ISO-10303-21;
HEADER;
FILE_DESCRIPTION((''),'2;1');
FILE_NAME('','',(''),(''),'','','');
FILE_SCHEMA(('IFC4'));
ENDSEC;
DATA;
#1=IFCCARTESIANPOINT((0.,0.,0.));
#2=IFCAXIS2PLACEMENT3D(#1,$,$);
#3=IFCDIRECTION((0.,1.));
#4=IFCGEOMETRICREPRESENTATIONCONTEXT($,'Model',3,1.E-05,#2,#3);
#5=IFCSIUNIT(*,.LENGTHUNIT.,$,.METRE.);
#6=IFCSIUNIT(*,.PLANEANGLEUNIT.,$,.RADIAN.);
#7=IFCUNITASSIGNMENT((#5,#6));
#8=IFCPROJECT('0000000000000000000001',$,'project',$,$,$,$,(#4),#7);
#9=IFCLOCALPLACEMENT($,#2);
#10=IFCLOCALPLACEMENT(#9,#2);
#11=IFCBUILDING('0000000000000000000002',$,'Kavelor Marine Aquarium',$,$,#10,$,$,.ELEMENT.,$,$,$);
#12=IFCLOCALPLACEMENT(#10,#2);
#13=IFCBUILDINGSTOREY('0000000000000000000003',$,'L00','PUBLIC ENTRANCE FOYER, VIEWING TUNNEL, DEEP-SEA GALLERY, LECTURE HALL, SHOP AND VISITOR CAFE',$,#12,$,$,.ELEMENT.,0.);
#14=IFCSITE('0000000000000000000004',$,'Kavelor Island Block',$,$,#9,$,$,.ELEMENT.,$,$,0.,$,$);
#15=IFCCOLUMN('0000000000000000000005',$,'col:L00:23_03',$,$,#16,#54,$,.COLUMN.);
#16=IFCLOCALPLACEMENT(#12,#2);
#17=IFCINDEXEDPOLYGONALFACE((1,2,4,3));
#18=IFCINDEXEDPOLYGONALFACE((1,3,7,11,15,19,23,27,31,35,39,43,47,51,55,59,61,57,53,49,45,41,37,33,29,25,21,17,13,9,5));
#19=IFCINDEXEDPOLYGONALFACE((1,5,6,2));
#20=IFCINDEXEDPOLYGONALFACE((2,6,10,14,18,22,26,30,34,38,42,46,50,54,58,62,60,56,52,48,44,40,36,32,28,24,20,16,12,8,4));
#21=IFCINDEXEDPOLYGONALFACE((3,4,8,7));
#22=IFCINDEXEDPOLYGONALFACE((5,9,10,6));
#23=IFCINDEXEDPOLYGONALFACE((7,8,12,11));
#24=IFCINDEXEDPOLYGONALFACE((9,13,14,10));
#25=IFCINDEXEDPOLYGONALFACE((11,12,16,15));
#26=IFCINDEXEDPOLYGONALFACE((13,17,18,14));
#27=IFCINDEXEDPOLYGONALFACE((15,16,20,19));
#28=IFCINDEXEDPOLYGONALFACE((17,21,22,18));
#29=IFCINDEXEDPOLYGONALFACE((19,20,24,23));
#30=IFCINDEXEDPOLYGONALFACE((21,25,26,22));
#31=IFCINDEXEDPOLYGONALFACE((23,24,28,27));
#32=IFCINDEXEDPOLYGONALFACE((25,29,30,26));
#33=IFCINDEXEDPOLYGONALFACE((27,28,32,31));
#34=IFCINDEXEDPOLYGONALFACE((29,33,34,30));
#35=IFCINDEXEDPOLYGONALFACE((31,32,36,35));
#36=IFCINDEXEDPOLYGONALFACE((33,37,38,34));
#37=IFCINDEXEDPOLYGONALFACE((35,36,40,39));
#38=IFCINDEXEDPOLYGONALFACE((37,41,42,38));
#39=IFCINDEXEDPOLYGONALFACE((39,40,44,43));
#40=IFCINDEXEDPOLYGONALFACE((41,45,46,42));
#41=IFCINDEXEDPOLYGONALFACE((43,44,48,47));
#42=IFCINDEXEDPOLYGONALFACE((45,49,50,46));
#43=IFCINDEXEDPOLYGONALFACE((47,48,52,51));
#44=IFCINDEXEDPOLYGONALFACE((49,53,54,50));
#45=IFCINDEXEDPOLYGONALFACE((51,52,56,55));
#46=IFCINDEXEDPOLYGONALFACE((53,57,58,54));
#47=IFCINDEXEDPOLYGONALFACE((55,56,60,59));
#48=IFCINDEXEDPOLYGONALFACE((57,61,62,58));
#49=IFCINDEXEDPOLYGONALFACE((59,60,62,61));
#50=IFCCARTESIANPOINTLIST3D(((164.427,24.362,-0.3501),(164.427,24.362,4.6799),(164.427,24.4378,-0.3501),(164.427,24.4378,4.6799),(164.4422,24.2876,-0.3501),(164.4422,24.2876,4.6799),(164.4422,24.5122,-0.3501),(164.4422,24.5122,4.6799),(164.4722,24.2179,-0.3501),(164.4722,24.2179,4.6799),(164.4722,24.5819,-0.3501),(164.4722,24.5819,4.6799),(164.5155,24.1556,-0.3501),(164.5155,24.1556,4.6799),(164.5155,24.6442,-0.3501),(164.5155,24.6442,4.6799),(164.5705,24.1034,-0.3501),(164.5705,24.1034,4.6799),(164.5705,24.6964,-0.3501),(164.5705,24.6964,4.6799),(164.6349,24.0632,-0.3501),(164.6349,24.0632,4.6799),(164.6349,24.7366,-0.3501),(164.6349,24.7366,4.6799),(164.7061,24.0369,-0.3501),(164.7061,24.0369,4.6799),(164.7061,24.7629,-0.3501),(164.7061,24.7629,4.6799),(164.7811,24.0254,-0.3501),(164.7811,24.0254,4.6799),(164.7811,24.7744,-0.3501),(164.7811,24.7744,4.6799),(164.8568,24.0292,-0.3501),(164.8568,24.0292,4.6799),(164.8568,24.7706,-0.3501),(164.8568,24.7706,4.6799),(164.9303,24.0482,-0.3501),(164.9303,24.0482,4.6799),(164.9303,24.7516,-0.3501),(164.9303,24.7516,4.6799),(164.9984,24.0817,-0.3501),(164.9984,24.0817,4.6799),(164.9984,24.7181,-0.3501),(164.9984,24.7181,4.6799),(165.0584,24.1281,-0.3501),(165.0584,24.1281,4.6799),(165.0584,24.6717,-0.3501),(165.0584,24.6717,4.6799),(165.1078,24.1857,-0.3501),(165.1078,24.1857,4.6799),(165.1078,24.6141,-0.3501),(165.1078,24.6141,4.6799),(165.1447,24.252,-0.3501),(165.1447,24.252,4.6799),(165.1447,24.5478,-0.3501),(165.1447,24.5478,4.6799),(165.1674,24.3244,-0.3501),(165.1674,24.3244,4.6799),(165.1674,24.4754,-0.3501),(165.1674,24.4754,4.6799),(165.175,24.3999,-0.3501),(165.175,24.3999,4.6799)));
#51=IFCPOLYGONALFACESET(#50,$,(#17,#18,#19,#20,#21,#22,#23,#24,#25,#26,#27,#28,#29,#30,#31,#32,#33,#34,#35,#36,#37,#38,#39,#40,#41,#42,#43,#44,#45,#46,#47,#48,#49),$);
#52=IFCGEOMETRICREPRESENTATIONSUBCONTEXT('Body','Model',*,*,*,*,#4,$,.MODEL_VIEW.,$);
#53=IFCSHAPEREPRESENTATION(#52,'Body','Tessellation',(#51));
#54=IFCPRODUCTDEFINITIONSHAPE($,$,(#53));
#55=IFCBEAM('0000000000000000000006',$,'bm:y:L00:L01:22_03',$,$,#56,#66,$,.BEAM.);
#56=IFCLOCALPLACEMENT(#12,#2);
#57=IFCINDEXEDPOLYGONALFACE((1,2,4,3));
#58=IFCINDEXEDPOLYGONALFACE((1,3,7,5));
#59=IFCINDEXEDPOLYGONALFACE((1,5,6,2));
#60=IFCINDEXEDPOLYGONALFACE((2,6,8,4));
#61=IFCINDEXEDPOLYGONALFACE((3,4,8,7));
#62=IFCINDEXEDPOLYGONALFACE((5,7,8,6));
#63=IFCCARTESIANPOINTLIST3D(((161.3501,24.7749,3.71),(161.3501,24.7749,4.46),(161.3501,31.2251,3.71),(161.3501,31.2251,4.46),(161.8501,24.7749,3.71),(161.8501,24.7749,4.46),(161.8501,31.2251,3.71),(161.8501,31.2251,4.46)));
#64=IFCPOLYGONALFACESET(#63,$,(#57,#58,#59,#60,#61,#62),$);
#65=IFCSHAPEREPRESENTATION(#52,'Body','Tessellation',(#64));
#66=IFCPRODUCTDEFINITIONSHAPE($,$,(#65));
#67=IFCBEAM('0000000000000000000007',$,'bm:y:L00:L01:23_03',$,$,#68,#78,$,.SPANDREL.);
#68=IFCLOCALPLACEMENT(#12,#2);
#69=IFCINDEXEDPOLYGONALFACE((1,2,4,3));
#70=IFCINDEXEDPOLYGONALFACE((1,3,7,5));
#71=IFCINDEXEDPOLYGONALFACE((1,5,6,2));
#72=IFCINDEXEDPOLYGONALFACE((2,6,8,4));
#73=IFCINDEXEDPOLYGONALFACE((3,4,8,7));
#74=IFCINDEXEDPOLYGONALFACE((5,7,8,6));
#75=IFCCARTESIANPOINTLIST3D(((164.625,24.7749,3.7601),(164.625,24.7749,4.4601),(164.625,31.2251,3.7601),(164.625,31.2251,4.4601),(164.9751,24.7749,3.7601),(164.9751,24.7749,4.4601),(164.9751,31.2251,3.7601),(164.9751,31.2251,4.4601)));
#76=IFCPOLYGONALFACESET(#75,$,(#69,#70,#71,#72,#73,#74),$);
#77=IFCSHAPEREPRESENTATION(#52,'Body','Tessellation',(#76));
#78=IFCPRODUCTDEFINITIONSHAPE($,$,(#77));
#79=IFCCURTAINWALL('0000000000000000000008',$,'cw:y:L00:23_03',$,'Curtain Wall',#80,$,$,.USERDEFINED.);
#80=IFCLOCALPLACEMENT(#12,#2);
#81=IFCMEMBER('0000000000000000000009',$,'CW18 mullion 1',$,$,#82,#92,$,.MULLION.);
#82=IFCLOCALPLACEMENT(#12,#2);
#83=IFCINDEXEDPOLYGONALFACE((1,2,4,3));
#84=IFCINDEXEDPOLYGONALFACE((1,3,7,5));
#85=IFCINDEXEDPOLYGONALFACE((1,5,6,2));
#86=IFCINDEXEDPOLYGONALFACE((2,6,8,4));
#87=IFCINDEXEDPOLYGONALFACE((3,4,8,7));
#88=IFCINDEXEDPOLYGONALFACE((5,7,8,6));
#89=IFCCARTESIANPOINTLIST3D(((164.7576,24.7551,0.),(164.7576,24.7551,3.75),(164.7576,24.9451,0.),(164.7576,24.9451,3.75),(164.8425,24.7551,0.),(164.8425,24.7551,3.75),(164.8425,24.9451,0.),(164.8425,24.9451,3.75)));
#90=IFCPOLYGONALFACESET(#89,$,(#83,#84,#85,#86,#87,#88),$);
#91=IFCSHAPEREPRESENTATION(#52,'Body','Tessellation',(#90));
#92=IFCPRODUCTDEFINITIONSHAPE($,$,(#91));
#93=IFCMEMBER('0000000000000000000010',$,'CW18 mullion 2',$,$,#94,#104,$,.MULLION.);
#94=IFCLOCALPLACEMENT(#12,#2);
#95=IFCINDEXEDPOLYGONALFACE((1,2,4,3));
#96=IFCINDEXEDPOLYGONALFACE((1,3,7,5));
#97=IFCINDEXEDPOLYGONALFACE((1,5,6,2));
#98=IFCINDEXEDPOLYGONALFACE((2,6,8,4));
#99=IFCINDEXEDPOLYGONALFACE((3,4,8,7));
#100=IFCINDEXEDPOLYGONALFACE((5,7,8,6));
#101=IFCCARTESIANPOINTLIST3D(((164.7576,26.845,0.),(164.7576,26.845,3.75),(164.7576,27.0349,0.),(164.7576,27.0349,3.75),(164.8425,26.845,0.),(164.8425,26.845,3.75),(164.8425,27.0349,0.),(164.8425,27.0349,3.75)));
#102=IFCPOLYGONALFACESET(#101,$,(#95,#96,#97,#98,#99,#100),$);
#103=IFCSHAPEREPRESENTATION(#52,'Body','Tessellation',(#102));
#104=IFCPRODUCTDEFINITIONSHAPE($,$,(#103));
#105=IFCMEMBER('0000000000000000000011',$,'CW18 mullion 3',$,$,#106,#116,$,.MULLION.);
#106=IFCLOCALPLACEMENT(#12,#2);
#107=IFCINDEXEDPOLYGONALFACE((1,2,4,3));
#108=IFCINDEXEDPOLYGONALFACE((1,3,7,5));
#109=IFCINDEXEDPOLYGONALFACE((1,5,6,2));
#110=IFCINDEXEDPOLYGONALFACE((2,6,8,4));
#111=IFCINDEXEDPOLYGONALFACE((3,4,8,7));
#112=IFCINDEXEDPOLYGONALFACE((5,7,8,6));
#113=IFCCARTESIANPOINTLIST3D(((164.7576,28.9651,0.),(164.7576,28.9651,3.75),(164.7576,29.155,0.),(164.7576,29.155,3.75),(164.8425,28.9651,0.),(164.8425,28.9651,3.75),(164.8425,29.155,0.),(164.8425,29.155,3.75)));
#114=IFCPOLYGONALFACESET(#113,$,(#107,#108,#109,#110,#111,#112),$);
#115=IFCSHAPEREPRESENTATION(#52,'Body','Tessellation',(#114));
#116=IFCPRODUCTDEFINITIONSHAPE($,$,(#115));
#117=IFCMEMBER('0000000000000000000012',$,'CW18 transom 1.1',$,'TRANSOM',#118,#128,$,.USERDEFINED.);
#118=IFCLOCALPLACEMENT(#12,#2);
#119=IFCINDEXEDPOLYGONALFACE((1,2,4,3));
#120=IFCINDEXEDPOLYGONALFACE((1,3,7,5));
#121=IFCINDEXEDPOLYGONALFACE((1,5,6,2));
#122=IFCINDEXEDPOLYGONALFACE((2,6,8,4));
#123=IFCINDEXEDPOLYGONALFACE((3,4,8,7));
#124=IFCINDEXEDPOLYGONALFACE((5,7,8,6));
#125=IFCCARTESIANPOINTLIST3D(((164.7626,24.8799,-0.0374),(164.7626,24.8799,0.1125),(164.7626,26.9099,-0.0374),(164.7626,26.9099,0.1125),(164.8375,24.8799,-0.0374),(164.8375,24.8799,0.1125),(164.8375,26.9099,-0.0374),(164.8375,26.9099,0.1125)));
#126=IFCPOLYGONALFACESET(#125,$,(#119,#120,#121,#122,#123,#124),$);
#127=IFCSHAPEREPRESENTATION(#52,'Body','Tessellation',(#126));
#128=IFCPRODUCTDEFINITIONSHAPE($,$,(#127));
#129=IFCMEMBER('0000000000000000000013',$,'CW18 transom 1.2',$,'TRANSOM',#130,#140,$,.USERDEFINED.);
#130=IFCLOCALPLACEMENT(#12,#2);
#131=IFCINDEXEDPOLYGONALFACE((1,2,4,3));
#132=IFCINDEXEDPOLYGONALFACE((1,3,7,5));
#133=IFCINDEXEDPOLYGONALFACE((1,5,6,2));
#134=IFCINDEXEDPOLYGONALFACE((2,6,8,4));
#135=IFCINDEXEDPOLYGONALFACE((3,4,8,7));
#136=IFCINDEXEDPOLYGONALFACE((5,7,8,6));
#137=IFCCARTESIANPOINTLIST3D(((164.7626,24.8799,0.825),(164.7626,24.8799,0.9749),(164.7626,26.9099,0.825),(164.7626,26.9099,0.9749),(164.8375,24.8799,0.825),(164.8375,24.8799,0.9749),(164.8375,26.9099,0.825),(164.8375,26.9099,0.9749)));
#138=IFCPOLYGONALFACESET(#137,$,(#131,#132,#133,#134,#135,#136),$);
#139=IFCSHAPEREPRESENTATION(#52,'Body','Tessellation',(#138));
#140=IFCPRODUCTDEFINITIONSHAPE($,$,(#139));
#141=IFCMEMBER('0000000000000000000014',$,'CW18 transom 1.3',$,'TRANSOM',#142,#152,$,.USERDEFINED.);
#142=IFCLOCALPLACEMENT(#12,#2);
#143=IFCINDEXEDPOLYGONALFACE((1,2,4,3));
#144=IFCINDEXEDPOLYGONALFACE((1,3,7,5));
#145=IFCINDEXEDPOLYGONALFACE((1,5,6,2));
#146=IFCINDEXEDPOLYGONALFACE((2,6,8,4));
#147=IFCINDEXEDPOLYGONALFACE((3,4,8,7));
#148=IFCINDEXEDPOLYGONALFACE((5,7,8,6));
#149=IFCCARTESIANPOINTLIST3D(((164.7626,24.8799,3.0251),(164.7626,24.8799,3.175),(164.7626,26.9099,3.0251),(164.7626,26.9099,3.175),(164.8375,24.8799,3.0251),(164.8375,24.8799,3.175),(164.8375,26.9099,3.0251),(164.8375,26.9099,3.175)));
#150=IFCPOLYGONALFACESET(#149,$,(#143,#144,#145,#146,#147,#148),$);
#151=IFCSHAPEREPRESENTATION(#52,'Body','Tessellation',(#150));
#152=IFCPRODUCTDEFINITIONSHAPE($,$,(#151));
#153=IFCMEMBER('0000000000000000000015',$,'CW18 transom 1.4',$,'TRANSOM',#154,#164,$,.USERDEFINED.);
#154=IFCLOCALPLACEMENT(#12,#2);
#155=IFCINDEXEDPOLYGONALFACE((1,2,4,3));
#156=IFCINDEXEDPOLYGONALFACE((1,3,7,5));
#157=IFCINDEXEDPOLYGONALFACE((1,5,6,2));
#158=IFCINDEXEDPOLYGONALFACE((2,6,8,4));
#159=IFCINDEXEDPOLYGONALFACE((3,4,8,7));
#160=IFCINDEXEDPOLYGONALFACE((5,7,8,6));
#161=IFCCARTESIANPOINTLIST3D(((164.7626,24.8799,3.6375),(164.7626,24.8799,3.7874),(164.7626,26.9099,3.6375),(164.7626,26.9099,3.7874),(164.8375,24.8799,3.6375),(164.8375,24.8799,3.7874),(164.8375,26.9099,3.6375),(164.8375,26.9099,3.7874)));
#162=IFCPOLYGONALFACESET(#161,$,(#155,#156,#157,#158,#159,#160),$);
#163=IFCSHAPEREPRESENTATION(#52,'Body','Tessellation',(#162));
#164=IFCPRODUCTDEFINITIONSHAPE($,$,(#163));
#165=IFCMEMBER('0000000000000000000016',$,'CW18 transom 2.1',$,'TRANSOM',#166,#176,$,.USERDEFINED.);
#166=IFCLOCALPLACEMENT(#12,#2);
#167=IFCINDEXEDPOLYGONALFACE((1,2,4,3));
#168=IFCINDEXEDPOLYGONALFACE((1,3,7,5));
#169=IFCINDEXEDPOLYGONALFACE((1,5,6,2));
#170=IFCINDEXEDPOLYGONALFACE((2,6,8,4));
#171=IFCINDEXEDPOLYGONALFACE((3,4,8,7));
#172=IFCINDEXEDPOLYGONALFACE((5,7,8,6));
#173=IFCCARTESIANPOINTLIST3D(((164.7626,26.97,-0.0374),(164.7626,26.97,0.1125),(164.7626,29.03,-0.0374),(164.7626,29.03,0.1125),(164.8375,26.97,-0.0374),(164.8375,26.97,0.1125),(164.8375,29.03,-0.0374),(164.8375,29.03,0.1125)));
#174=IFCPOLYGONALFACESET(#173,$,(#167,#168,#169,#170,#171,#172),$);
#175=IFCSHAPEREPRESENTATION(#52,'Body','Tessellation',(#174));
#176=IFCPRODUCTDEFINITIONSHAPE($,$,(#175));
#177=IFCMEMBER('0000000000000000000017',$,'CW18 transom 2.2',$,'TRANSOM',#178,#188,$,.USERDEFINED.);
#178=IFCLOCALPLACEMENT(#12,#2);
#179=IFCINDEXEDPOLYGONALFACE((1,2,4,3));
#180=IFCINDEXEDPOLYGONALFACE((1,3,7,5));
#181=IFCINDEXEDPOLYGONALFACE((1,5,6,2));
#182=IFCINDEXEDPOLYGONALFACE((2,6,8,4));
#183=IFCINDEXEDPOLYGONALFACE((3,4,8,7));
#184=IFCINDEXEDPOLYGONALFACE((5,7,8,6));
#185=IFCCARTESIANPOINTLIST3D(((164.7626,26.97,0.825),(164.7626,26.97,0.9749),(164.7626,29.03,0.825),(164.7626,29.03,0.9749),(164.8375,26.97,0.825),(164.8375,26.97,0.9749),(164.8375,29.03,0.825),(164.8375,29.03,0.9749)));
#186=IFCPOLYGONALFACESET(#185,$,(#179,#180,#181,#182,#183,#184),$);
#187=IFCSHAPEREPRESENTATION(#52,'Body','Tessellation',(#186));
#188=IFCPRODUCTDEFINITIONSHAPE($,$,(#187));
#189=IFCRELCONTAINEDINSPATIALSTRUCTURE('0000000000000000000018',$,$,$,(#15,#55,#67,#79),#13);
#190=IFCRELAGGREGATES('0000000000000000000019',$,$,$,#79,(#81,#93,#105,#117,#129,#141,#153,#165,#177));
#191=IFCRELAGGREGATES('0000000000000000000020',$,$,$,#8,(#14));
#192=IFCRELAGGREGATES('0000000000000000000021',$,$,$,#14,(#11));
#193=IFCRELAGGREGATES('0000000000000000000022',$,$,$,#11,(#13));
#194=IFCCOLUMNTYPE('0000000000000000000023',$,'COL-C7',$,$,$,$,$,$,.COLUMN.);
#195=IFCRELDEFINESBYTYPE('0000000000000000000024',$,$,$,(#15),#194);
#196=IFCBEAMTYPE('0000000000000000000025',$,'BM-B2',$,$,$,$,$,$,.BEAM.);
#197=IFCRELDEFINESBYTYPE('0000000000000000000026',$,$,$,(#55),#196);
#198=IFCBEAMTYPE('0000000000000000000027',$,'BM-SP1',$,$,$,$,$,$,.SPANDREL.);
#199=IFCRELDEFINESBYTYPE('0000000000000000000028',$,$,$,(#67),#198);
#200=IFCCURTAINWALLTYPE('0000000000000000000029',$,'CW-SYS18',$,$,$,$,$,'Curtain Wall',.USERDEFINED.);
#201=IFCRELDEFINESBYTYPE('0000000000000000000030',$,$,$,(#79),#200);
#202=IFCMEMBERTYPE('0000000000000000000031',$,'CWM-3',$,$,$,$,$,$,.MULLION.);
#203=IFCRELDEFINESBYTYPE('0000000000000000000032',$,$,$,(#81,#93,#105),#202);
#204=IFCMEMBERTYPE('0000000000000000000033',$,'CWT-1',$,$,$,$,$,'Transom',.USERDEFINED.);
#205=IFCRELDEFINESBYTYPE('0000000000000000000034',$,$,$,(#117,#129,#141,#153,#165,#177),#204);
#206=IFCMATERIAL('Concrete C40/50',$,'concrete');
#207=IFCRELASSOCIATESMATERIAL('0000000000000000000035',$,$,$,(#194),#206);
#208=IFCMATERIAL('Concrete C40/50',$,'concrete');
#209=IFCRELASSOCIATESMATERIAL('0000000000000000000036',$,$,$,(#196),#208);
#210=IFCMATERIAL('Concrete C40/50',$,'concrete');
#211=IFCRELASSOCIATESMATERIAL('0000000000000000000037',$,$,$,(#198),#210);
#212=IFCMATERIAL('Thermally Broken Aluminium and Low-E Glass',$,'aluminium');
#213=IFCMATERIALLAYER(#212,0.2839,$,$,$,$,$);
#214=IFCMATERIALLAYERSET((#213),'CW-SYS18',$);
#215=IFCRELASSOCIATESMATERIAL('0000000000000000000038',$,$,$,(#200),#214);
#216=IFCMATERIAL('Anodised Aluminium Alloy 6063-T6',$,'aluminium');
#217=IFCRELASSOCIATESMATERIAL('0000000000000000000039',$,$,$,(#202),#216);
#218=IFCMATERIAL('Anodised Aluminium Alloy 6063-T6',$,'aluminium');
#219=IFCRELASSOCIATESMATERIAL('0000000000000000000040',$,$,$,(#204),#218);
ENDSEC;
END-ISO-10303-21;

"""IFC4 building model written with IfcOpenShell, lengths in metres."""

from ifc_helpers import new_model, si_unit, direction, frame, origin, origin_2d, place, context, subcontext, project, spatial, rectangle, circle, extrude, material, layer, layer_set, material_profile, profile_set, type_object, element, aggregate, save


model = new_model("IFC4")

# Units and contexts
model_context = context("Model", 3, precision=1e-05, world=origin(), true_north=direction((0.0, 1.0)))
body_context = subcontext(model_context, "Body", "Model", "MODEL_VIEW")
ifc_project = project(units=[si_unit("LENGTHUNIT", "METRE"), si_unit("PLANEANGLEUNIT", "RADIAN")], contexts=[model_context])

# Site, building, storey
site_placement = place(None, origin())
site = spatial("IfcSite", under=ifc_project, at=site_placement, Name="Kavelor Island Block", CompositionType="ELEMENT", RefElevation=0.0)
building_placement = place(site_placement, origin())
building = spatial("IfcBuilding", under=site, at=building_placement, Name="Kavelor Marine Aquarium", CompositionType="ELEMENT")
storey_placement = place(building_placement, origin())
storey = spatial("IfcBuildingStorey", under=building, at=storey_placement, Name="L00", Description="PUBLIC ENTRANCE FOYER, VIEWING TUNNEL, DEEP-SEA GALLERY, LECTURE HALL, SHOP AND VISITOR CAFE", CompositionType="ELEMENT", Elevation=0.0)

# Column
ifc_material_1 = material(Name="Concrete C40/50", Category="concrete")
ifc_material_profile_1 = material_profile(ifc_material_1, circle(Radius=0.375, at=origin_2d()), Name="RC-COL D750")
ifc_profile_set_1 = profile_set([ifc_material_profile_1], Name="Concrete C40/50")
column_type = type_object("IfcColumnType", Name="COL-C7", PredefinedType="COLUMN", material=ifc_profile_set_1)
column_placement = place(storey_placement, frame((164.8, 24.3999, -0.3501), z_axis=(0.0, 0.0, 1.0), x_axis=(1.0, 0.0, 0.0)))
element("IfcColumn", 1, at=column_placement, inside=storey, type_object=column_type, Name="col:L00:23_03", PredefinedType="COLUMN", context=body_context, shape_type="SweptSolid", body=[
    extrude(circle(Radius=0.375, at=origin_2d()), origin(), (0.0, 0.0, 1.0), 5.03),
])

# Beams
ifc_material_2 = material(Name="Concrete C40/50", Category="concrete")
ifc_material_profile_2 = material_profile(ifc_material_2, rectangle(XDim=0.5, YDim=0.75, at=origin_2d()), Name="RC-BM 500x750")
ifc_profile_set_2 = profile_set([ifc_material_profile_2], Name="Concrete C40/50")
beam_type_1 = type_object("IfcBeamType", Name="BM-B2", PredefinedType="BEAM", material=ifc_profile_set_2)
beam_1_placement = place(storey_placement, frame((161.6001, 24.7749, 4.085), z_axis=(0.0, 1.0, 0.0), x_axis=(-1.0, 0.0, 0.0)))
element("IfcBeam", 2, at=beam_1_placement, inside=storey, type_object=beam_type_1, Name="bm:y:L00:L01:22_03", PredefinedType="BEAM", context=body_context, shape_type="SweptSolid", body=[
    extrude(rectangle(XDim=0.5, YDim=0.75, at=origin_2d()), origin(), (0.0, 0.0, 1.0), 6.4502),
])
ifc_material_3 = material(Name="Concrete C40/50", Category="concrete")
ifc_material_profile_3 = material_profile(ifc_material_3, rectangle(XDim=0.3501, YDim=0.7, at=origin_2d()), Name="RC-SP 350x700")
ifc_profile_set_3 = profile_set([ifc_material_profile_3], Name="Concrete C40/50")
beam_type_2 = type_object("IfcBeamType", Name="BM-SP1", PredefinedType="SPANDREL", material=ifc_profile_set_3)
beam_2_placement = place(storey_placement, frame((164.8, 24.7749, 4.1101), z_axis=(0.0, 1.0, 0.0), x_axis=(-1.0, 0.0, 0.0)))
element("IfcBeam", 3, at=beam_2_placement, inside=storey, type_object=beam_type_2, Name="bm:y:L00:L01:23_03", PredefinedType="SPANDREL", context=body_context, shape_type="SweptSolid", body=[
    extrude(rectangle(XDim=0.3501, YDim=0.7, at=origin_2d()), origin(), (0.0, 0.0, 1.0), 6.4502),
])

# Curtain wall, members
ifc_material_4 = material(Name="Thermally Broken Aluminium and Low-E Glass", Category="aluminium")
ifc_layer_1 = layer(ifc_material_4, 0.2839)
ifc_layer_set_1 = layer_set([ifc_layer_1], Name="CW-SYS18")
curtain_wall_type = type_object("IfcCurtainWallType", Name="CW-SYS18", ElementType="Curtain Wall", PredefinedType="USERDEFINED", material=ifc_layer_set_1)
curtain_wall_placement = place(storey_placement, origin())
curtain_wall = element("IfcCurtainWall", 4, at=curtain_wall_placement, inside=storey, type_object=curtain_wall_type, Name="cw:y:L00:23_03", ObjectType="Curtain Wall", PredefinedType="USERDEFINED")
ifc_material_5 = material(Name="Anodised Aluminium Alloy 6063-T6", Category="aluminium")
ifc_material_profile_4 = material_profile(ifc_material_5, rectangle(XDim=0.085, YDim=0.1899, at=origin_2d()), Name="CW-MUL 85x190")
ifc_profile_set_4 = profile_set([ifc_material_profile_4], Name="Anodised Aluminium Alloy 6063-T6")
member_type_1 = type_object("IfcMemberType", Name="CWM-3", PredefinedType="MULLION", material=ifc_profile_set_4)
member_1_placement = place(storey_placement, frame((164.8, 24.8501, 0.0), z_axis=(0.0, 0.0, 1.0), x_axis=(-1.0, 0.0, 0.0)))
member_1 = element("IfcMember", 5, at=member_1_placement, type_object=member_type_1, Name="CW18 mullion 1", PredefinedType="MULLION", context=body_context, shape_type="SweptSolid", body=[
    extrude(rectangle(XDim=0.085, YDim=0.1899, at=origin_2d()), origin(), (0.0, 0.0, 1.0), 3.75),
])
member_2_placement = place(storey_placement, frame((164.8, 26.9399, 0.0), z_axis=(0.0, 0.0, 1.0), x_axis=(-1.0, 0.0, 0.0)))
member_2 = element("IfcMember", 6, at=member_2_placement, type_object=member_type_1, Name="CW18 mullion 2", PredefinedType="MULLION", context=body_context, shape_type="SweptSolid", body=[
    extrude(rectangle(XDim=0.085, YDim=0.1899, at=origin_2d()), origin(), (0.0, 0.0, 1.0), 3.75),
])
member_3_placement = place(storey_placement, frame((164.8, 29.0601, 0.0), z_axis=(0.0, 0.0, 1.0), x_axis=(-1.0, 0.0, 0.0)))
member_3 = element("IfcMember", 7, at=member_3_placement, type_object=member_type_1, Name="CW18 mullion 3", PredefinedType="MULLION", context=body_context, shape_type="SweptSolid", body=[
    extrude(rectangle(XDim=0.085, YDim=0.1899, at=origin_2d()), origin(), (0.0, 0.0, 1.0), 3.75),
])
ifc_material_6 = material(Name="Anodised Aluminium Alloy 6063-T6", Category="aluminium")
ifc_material_profile_5 = material_profile(ifc_material_6, rectangle(XDim=0.075, YDim=0.1499, at=origin_2d()), Name="CW-TRN 75x150")
ifc_profile_set_5 = profile_set([ifc_material_profile_5], Name="Anodised Aluminium Alloy 6063-T6")
member_type_2 = type_object("IfcMemberType", Name="CWT-1", ElementType="Transom", PredefinedType="USERDEFINED", material=ifc_profile_set_5)
member_4_placement = place(storey_placement, frame((164.8, 24.8799, 0.0376), z_axis=(0.0, 1.0, 0.0), x_axis=(-1.0, 0.0, 0.0)))
member_4 = element("IfcMember", 8, at=member_4_placement, type_object=member_type_2, Name="CW18 transom 1.1", ObjectType="TRANSOM", PredefinedType="USERDEFINED", context=body_context, shape_type="SweptSolid", body=[
    extrude(rectangle(XDim=0.075, YDim=0.1499, at=origin_2d()), origin(), (0.0, 0.0, 1.0), 2.03),
])
member_5_placement = place(storey_placement, frame((164.8, 24.8799, 0.8999), z_axis=(0.0, 1.0, 0.0), x_axis=(-1.0, 0.0, 0.0)))
member_5 = element("IfcMember", 9, at=member_5_placement, type_object=member_type_2, Name="CW18 transom 1.2", ObjectType="TRANSOM", PredefinedType="USERDEFINED", context=body_context, shape_type="SweptSolid", body=[
    extrude(rectangle(XDim=0.075, YDim=0.1499, at=origin_2d()), origin(), (0.0, 0.0, 1.0), 2.03),
])
member_6_placement = place(storey_placement, frame((164.8, 24.8799, 3.1001), z_axis=(0.0, 1.0, 0.0), x_axis=(-1.0, 0.0, 0.0)))
member_6 = element("IfcMember", 10, at=member_6_placement, type_object=member_type_2, Name="CW18 transom 1.3", ObjectType="TRANSOM", PredefinedType="USERDEFINED", context=body_context, shape_type="SweptSolid", body=[
    extrude(rectangle(XDim=0.075, YDim=0.1499, at=origin_2d()), origin(), (0.0, 0.0, 1.0), 2.03),
])
member_7_placement = place(storey_placement, frame((164.8, 24.8799, 3.7124), z_axis=(0.0, 1.0, 0.0), x_axis=(-1.0, 0.0, 0.0)))
member_7 = element("IfcMember", 11, at=member_7_placement, type_object=member_type_2, Name="CW18 transom 1.4", ObjectType="TRANSOM", PredefinedType="USERDEFINED", context=body_context, shape_type="SweptSolid", body=[
    extrude(rectangle(XDim=0.075, YDim=0.1499, at=origin_2d()), origin(), (0.0, 0.0, 1.0), 2.03),
])
member_8_placement = place(storey_placement, frame((164.8, 26.97, 0.0376), z_axis=(0.0, 1.0, 0.0), x_axis=(-1.0, 0.0, 0.0)))
member_8 = element("IfcMember", 12, at=member_8_placement, type_object=member_type_2, Name="CW18 transom 2.1", ObjectType="TRANSOM", PredefinedType="USERDEFINED", context=body_context, shape_type="SweptSolid", body=[
    extrude(rectangle(XDim=0.075, YDim=0.1499, at=origin_2d()), origin(), (0.0, 0.0, 1.0), 2.0601),
])
member_9_placement = place(storey_placement, frame((164.8, 26.97, 0.8999), z_axis=(0.0, 1.0, 0.0), x_axis=(-1.0, 0.0, 0.0)))
member_9 = element("IfcMember", 13, at=member_9_placement, type_object=member_type_2, Name="CW18 transom 2.2", ObjectType="TRANSOM", PredefinedType="USERDEFINED", context=body_context, shape_type="SweptSolid", body=[
    extrude(rectangle(XDim=0.075, YDim=0.1499, at=origin_2d()), origin(), (0.0, 0.0, 1.0), 2.0601),
])
aggregate(curtain_wall, [member_1, member_2, member_3, member_4, member_5, member_6, member_7, member_8, member_9])

save(model, "model.ifc")
